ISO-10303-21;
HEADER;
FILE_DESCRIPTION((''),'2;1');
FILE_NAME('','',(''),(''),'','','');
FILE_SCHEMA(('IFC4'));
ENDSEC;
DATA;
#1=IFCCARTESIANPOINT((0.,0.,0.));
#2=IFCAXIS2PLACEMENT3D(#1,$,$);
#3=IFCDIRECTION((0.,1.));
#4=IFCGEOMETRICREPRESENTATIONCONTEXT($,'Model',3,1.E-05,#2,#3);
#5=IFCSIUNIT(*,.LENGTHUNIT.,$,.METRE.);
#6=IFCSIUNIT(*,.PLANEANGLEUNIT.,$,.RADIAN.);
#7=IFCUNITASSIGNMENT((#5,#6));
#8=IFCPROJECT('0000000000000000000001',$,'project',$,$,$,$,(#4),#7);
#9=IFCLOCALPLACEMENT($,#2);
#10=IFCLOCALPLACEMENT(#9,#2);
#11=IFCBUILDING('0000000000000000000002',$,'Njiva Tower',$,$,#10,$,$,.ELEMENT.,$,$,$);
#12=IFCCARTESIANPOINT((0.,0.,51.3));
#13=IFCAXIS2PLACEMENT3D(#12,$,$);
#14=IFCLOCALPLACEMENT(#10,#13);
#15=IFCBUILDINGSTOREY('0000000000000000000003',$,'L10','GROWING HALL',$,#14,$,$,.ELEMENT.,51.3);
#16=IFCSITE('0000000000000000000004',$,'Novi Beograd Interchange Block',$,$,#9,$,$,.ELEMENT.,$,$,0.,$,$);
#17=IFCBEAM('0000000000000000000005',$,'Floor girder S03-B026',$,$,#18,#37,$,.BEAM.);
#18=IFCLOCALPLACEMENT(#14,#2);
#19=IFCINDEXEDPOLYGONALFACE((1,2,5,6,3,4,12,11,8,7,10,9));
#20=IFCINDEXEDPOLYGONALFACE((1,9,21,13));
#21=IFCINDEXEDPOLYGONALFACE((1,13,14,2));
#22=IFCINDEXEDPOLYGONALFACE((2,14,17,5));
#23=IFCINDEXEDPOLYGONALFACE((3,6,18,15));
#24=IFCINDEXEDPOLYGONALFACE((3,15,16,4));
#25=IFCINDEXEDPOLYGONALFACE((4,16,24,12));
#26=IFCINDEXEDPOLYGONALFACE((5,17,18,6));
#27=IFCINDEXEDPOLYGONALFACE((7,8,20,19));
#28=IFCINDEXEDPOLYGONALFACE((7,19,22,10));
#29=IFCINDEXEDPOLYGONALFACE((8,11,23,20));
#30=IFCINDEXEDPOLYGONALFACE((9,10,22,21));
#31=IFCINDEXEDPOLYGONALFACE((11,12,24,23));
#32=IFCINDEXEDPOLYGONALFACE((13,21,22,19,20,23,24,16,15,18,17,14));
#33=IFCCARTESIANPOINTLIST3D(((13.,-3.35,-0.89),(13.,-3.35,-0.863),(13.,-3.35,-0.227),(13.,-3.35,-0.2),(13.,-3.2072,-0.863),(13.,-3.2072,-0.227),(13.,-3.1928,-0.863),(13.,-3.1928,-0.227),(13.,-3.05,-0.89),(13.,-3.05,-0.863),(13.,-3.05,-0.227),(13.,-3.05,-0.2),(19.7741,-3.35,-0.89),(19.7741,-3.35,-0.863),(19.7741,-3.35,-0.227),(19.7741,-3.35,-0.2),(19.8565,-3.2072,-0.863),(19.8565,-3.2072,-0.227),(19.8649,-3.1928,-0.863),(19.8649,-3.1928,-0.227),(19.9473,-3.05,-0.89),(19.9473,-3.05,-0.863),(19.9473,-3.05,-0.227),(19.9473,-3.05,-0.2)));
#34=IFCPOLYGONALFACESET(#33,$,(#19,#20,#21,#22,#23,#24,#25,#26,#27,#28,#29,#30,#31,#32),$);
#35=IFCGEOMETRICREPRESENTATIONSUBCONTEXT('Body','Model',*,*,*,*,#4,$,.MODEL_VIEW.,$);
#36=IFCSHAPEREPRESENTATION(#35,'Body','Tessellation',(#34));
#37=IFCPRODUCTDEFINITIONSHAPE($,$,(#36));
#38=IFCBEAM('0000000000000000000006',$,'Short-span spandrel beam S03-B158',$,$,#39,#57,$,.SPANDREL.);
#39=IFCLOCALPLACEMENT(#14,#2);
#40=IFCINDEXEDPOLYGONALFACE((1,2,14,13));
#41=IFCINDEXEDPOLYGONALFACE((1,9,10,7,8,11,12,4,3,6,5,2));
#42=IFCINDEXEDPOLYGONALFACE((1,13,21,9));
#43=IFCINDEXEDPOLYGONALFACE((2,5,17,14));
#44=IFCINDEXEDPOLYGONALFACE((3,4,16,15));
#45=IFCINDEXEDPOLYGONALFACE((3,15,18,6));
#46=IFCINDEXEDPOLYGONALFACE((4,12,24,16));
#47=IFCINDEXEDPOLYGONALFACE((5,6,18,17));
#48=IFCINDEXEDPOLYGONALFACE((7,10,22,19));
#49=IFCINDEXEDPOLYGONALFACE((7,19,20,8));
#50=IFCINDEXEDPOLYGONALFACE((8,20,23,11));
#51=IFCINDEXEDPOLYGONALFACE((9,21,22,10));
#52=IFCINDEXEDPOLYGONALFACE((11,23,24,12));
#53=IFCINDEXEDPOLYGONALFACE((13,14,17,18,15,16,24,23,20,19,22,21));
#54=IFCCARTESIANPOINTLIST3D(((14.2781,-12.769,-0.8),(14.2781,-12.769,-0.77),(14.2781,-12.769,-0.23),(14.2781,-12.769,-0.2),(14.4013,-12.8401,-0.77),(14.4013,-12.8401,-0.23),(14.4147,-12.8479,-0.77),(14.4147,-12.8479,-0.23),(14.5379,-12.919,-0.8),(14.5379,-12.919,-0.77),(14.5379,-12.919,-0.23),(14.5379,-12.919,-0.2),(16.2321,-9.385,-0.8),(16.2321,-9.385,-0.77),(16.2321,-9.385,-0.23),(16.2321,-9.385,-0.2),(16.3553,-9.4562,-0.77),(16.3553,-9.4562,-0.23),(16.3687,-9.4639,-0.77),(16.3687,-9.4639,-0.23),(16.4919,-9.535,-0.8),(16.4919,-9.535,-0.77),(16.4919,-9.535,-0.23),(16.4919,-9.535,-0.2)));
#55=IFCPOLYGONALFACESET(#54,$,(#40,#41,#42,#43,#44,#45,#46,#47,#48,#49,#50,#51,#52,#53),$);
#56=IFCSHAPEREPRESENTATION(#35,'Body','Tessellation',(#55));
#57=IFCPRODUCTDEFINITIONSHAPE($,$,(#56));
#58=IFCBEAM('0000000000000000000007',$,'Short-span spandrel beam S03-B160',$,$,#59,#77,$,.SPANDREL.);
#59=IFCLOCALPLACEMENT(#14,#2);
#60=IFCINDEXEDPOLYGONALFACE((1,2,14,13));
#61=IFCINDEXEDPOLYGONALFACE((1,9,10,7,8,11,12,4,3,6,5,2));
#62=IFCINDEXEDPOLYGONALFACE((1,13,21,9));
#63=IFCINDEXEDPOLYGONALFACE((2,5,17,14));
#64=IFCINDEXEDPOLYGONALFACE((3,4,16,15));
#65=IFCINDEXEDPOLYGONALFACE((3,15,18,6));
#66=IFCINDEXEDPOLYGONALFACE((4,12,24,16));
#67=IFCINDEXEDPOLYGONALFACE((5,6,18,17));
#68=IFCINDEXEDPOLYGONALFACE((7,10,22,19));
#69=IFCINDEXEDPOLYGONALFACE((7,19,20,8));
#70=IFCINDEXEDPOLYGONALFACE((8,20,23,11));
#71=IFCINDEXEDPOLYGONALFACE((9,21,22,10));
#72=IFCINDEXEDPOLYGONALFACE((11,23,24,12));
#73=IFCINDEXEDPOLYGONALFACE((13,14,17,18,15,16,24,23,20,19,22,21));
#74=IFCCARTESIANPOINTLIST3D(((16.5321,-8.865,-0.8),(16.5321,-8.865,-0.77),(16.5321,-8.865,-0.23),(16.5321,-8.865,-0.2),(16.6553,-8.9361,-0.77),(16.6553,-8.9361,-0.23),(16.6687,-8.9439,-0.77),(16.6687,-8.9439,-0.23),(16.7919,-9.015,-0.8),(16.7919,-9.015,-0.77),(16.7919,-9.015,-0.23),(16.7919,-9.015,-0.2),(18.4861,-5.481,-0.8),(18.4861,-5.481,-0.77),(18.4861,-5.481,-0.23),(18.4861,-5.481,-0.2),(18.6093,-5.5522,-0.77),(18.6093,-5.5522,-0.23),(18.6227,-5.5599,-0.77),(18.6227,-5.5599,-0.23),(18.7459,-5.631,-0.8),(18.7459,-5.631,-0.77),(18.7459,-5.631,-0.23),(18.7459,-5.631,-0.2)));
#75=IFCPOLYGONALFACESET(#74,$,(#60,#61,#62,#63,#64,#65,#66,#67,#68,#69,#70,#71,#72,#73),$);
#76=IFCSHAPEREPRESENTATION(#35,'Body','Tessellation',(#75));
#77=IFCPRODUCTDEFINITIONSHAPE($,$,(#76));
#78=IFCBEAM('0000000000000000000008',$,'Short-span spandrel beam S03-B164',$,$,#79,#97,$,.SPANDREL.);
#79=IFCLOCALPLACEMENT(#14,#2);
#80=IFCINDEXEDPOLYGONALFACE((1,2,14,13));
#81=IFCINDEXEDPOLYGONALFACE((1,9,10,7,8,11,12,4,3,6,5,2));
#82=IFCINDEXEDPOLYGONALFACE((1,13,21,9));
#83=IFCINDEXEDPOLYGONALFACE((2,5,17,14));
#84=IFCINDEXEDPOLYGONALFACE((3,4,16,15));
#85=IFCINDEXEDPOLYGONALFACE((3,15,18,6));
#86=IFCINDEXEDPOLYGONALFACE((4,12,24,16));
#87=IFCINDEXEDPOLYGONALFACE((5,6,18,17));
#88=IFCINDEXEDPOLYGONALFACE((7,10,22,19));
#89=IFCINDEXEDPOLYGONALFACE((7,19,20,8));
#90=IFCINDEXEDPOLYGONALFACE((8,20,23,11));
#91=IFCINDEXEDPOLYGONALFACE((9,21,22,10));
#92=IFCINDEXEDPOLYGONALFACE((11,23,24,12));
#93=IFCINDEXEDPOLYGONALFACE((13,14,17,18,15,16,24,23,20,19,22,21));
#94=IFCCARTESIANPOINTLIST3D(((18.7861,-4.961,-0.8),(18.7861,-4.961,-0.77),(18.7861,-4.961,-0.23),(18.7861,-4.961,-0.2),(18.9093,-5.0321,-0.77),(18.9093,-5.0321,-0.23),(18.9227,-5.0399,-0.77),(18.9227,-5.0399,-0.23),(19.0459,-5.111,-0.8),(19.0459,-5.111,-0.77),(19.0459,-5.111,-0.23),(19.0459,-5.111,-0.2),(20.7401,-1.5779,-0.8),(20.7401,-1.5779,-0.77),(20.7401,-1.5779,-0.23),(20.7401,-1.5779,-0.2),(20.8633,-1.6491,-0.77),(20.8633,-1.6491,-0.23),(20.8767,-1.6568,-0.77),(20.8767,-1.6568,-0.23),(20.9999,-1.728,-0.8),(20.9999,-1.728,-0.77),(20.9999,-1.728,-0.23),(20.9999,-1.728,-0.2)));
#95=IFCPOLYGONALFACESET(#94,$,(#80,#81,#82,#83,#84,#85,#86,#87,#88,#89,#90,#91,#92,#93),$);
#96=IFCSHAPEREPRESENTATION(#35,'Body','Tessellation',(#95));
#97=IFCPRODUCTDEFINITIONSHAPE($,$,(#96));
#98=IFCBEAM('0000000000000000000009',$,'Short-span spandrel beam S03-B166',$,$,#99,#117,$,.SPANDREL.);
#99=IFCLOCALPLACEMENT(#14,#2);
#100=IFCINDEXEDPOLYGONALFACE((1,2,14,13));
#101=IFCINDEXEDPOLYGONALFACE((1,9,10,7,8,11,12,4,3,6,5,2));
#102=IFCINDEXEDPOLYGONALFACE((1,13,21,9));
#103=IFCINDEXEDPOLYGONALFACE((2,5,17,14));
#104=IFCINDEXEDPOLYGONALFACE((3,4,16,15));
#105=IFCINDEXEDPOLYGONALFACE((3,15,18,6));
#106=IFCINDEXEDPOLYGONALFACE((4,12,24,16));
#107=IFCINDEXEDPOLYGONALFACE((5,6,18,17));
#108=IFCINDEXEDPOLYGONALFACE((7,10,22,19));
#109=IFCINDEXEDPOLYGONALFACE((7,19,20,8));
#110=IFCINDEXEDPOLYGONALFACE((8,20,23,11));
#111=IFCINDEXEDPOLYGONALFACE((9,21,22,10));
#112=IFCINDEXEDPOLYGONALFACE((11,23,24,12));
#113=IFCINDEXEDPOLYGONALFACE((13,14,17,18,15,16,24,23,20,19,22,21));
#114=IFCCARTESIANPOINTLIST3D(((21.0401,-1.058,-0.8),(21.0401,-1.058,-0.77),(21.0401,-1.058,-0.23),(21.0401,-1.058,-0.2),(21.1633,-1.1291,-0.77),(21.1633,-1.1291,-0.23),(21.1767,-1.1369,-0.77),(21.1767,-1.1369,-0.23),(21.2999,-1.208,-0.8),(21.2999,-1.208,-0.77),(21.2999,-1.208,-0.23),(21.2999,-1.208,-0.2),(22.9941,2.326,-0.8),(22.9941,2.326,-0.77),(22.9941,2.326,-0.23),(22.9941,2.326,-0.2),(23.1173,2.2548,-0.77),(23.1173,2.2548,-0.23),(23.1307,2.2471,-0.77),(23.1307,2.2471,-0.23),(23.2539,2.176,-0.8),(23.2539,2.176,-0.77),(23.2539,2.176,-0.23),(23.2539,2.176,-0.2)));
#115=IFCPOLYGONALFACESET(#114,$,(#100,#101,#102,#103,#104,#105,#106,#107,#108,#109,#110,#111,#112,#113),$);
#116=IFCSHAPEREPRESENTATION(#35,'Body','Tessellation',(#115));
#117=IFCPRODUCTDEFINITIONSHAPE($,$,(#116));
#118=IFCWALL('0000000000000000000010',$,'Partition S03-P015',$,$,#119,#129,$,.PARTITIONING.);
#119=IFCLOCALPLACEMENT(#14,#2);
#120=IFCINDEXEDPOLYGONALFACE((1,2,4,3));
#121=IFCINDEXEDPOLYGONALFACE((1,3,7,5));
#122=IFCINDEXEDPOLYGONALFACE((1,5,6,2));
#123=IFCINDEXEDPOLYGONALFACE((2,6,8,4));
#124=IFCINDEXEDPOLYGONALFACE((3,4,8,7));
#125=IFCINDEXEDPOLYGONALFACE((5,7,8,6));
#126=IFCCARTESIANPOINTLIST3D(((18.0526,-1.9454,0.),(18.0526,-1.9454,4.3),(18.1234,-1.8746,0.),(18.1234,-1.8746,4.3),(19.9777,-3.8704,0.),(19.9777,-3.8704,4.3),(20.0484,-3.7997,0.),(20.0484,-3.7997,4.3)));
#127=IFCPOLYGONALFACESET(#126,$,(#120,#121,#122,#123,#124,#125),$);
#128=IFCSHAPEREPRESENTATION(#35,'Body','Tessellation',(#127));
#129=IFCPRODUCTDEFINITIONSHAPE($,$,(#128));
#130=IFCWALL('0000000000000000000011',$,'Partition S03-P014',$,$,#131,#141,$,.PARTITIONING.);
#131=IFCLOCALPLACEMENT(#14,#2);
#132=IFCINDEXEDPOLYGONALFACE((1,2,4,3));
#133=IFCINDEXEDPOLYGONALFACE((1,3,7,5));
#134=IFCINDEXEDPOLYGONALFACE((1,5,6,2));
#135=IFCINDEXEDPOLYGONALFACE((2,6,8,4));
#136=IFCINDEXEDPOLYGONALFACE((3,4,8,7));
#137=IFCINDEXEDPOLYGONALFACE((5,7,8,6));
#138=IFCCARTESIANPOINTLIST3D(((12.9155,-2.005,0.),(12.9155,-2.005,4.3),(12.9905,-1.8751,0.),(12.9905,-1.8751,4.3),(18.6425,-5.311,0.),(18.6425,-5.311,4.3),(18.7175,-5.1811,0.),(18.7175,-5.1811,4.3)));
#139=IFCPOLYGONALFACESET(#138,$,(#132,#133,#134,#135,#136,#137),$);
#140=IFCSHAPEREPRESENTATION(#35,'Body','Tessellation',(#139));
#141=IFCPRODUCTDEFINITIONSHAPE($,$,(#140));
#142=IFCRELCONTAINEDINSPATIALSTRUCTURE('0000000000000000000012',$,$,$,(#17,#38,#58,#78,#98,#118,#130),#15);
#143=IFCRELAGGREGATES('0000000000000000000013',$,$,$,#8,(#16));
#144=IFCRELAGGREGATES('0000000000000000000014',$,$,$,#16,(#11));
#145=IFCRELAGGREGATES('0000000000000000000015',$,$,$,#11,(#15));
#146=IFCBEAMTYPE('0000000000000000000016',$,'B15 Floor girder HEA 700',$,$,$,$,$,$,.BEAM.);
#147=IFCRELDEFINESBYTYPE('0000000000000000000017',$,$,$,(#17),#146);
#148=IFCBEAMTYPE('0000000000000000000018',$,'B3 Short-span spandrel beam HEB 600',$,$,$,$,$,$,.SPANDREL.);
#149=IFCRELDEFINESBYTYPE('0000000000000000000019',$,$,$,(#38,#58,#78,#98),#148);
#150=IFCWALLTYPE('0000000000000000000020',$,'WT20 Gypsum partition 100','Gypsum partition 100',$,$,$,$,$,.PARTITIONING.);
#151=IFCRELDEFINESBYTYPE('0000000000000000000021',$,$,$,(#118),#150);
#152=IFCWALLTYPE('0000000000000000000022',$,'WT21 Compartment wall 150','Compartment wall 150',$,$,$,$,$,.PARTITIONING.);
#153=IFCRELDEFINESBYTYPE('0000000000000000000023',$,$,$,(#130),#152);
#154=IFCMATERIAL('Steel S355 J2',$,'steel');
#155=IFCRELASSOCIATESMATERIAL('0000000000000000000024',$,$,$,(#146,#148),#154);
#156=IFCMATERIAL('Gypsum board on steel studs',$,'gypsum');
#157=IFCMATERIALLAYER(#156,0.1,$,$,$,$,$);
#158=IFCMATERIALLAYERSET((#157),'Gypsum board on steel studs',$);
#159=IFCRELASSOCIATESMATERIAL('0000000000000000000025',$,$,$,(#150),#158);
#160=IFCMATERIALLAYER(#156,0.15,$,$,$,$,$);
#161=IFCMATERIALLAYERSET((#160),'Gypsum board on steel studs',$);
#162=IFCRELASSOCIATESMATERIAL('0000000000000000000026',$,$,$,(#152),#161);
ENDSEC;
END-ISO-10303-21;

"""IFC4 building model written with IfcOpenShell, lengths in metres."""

from ifc_helpers import new_model, si_unit, direction, frame, frame_2d, origin, origin_2d, place, context, subcontext, project, spatial, rectangle, i_section, extrude, clip, halfspace, material, layer, layer_set, material_profile, profile_set, type_object, element, save


model = new_model("IFC4")

# Units and contexts
model_context = context("Model", 3, precision=1e-05, world=origin(), true_north=direction((0.0, 1.0)))
body_context = subcontext(model_context, "Body", "Model", "MODEL_VIEW")
ifc_project = project(units=[si_unit("LENGTHUNIT", "METRE"), si_unit("PLANEANGLEUNIT", "RADIAN")], contexts=[model_context])

# Site, building, storey
site_placement = place(None, origin())
site = spatial("IfcSite", under=ifc_project, at=site_placement, Name="Novi Beograd Interchange Block", CompositionType="ELEMENT", RefElevation=0.0)
building_placement = place(site_placement, origin())
building = spatial("IfcBuilding", under=site, at=building_placement, Name="Njiva Tower", CompositionType="ELEMENT")
storey_placement = place(building_placement, frame((0.0, 0.0, 51.3)))
storey = spatial("IfcBuildingStorey", under=building, at=storey_placement, Name="L10", Description="GROWING HALL", CompositionType="ELEMENT", Elevation=51.3)

# Shared definitions
ifc_material_1 = material(Name="Steel S355 J2", Category="steel")

# Beams
ifc_material_profile_1 = material_profile(ifc_material_1, i_section(OverallWidth=0.3, OverallDepth=0.69, WebThickness=0.0145, FlangeThickness=0.027, at=origin_2d()), Name="HEA 700")
ifc_profile_set_1 = profile_set([ifc_material_profile_1], Name="Steel S355 J2")
beam_type_1 = type_object("IfcBeamType", Name="B15 Floor girder HEA 700", PredefinedType="BEAM", material=ifc_profile_set_1)
beam_1_placement = place(storey_placement, frame((13.0, -3.2, -0.545), z_axis=(1.0, 0.0, 0.0), x_axis=(0.0, 1.0, 0.0)))
element("IfcBeam", 1, at=beam_1_placement, inside=storey, type_object=beam_type_1, Name="Floor girder S03-B026", PredefinedType="BEAM", context=body_context, shape_type="Clipping", body=[
    clip(extrude(i_section(OverallWidth=0.3, OverallDepth=0.69, WebThickness=0.0145, FlangeThickness=0.027, at=origin_2d()), origin(), (0.0, 0.0, 1.0), 6.968), halfspace(frame((-0.025, 0.0, 6.8463), z_axis=(-0.499998, 0.0, 0.866027), x_axis=(0.0, 1.0, 0.0)), False)),
])
ifc_material_profile_2 = material_profile(ifc_material_1, i_section(OverallWidth=0.3, OverallDepth=0.6, WebThickness=0.0155, FlangeThickness=0.03, at=origin_2d()), Name="HEB 600")
ifc_profile_set_2 = profile_set([ifc_material_profile_2], Name="Steel S355 J2")
beam_type_2 = type_object("IfcBeamType", Name="B3 Short-span spandrel beam HEB 600", PredefinedType="SPANDREL", material=ifc_profile_set_2)
for number, where, z_axis, x_axis, name in (
    (2, (14.408, -12.844, -0.5), (0.500047, 0.865998, 0.0), (-0.865998, 0.500047, 0.0), "Short-span spandrel beam S03-B158"),
    (3, (16.662, -8.94, -0.5), (0.500047, 0.865998, 0.0), (-0.865998, 0.500047, 0.0), "Short-span spandrel beam S03-B160"),
):
    element("IfcBeam", number, at=place(storey_placement, frame(where, z_axis=z_axis, x_axis=x_axis)), inside=storey, type_object=beam_type_2, Name=name, PredefinedType="SPANDREL", context=body_context, shape_type="SweptSolid", body=[
        extrude(i_section(OverallWidth=0.3, OverallDepth=0.6, WebThickness=0.0155, FlangeThickness=0.03, at=origin_2d()), origin(), (0.0, 0.0, 1.0), 3.9076),
    ])
beam_2_placement = place(storey_placement, frame((18.916, -5.036, -0.5), z_axis=(0.500158, 0.865934, 0.0), x_axis=(-0.865934, 0.500158, 0.0)))
element("IfcBeam", 4, at=beam_2_placement, inside=storey, type_object=beam_type_2, Name="Short-span spandrel beam S03-B164", PredefinedType="SPANDREL", context=body_context, shape_type="SweptSolid", body=[
    extrude(i_section(OverallWidth=0.3, OverallDepth=0.6, WebThickness=0.0155, FlangeThickness=0.03, at=origin_2d()), origin(), (0.0, 0.0, 1.0), 3.9068),
])
beam_3_placement = place(storey_placement, frame((21.17, -1.133, -0.5), z_axis=(0.500047, 0.865998, 0.0), x_axis=(-0.865998, 0.500047, 0.0)))
element("IfcBeam", 5, at=beam_3_placement, inside=storey, type_object=beam_type_2, Name="Short-span spandrel beam S03-B166", PredefinedType="SPANDREL", context=body_context, shape_type="SweptSolid", body=[
    extrude(i_section(OverallWidth=0.3, OverallDepth=0.6, WebThickness=0.0155, FlangeThickness=0.03, at=origin_2d()), origin(), (0.0, 0.0, 1.0), 3.9076),
])

# Walls
ifc_material_2 = material(Name="Gypsum board on steel studs", Category="gypsum")
ifc_layer_1 = layer(ifc_material_2, 0.1)
ifc_layer_set_1 = layer_set([ifc_layer_1], Name="Gypsum board on steel studs")
wall_type_1 = type_object("IfcWallType", Name="WT20 Gypsum partition 100", Description="Gypsum partition 100", PredefinedType="PARTITIONING", material=ifc_layer_set_1)
wall_1_placement = place(storey_placement, frame((18.088, -1.91, 0.0), z_axis=(0.0, 0.0, 1.0), x_axis=(0.707107, -0.707107, 0.0)))
element("IfcWall", 6, at=wall_1_placement, inside=storey, type_object=wall_type_1, Name="Partition S03-P015", PredefinedType="PARTITIONING", context=body_context, shape_type="SweptSolid", body=[
    extrude(rectangle(XDim=2.7224, YDim=0.1, at=frame_2d((1.3612, 0.0))), origin(), (0.0, 0.0, 1.0), 4.3),
])
ifc_layer_2 = layer(ifc_material_2, 0.15)
ifc_layer_set_2 = layer_set([ifc_layer_2], Name="Gypsum board on steel studs")
wall_type_2 = type_object("IfcWallType", Name="WT21 Compartment wall 150", Description="Compartment wall 150", PredefinedType="PARTITIONING", material=ifc_layer_set_2)
wall_2_placement = place(storey_placement, frame((12.953, -1.94, 0.0), z_axis=(0.0, 0.0, 1.0), x_axis=(0.866057, -0.499945, 0.0)))
element("IfcWall", 7, at=wall_2_placement, inside=storey, type_object=wall_type_2, Name="Partition S03-P014", PredefinedType="PARTITIONING", context=body_context, shape_type="SweptSolid", body=[
    extrude(rectangle(XDim=6.6127, YDim=0.15, at=frame_2d((3.3064, 0.0))), origin(), (0.0, 0.0, 1.0), 4.3),
])

save(model, "model.ifc")
